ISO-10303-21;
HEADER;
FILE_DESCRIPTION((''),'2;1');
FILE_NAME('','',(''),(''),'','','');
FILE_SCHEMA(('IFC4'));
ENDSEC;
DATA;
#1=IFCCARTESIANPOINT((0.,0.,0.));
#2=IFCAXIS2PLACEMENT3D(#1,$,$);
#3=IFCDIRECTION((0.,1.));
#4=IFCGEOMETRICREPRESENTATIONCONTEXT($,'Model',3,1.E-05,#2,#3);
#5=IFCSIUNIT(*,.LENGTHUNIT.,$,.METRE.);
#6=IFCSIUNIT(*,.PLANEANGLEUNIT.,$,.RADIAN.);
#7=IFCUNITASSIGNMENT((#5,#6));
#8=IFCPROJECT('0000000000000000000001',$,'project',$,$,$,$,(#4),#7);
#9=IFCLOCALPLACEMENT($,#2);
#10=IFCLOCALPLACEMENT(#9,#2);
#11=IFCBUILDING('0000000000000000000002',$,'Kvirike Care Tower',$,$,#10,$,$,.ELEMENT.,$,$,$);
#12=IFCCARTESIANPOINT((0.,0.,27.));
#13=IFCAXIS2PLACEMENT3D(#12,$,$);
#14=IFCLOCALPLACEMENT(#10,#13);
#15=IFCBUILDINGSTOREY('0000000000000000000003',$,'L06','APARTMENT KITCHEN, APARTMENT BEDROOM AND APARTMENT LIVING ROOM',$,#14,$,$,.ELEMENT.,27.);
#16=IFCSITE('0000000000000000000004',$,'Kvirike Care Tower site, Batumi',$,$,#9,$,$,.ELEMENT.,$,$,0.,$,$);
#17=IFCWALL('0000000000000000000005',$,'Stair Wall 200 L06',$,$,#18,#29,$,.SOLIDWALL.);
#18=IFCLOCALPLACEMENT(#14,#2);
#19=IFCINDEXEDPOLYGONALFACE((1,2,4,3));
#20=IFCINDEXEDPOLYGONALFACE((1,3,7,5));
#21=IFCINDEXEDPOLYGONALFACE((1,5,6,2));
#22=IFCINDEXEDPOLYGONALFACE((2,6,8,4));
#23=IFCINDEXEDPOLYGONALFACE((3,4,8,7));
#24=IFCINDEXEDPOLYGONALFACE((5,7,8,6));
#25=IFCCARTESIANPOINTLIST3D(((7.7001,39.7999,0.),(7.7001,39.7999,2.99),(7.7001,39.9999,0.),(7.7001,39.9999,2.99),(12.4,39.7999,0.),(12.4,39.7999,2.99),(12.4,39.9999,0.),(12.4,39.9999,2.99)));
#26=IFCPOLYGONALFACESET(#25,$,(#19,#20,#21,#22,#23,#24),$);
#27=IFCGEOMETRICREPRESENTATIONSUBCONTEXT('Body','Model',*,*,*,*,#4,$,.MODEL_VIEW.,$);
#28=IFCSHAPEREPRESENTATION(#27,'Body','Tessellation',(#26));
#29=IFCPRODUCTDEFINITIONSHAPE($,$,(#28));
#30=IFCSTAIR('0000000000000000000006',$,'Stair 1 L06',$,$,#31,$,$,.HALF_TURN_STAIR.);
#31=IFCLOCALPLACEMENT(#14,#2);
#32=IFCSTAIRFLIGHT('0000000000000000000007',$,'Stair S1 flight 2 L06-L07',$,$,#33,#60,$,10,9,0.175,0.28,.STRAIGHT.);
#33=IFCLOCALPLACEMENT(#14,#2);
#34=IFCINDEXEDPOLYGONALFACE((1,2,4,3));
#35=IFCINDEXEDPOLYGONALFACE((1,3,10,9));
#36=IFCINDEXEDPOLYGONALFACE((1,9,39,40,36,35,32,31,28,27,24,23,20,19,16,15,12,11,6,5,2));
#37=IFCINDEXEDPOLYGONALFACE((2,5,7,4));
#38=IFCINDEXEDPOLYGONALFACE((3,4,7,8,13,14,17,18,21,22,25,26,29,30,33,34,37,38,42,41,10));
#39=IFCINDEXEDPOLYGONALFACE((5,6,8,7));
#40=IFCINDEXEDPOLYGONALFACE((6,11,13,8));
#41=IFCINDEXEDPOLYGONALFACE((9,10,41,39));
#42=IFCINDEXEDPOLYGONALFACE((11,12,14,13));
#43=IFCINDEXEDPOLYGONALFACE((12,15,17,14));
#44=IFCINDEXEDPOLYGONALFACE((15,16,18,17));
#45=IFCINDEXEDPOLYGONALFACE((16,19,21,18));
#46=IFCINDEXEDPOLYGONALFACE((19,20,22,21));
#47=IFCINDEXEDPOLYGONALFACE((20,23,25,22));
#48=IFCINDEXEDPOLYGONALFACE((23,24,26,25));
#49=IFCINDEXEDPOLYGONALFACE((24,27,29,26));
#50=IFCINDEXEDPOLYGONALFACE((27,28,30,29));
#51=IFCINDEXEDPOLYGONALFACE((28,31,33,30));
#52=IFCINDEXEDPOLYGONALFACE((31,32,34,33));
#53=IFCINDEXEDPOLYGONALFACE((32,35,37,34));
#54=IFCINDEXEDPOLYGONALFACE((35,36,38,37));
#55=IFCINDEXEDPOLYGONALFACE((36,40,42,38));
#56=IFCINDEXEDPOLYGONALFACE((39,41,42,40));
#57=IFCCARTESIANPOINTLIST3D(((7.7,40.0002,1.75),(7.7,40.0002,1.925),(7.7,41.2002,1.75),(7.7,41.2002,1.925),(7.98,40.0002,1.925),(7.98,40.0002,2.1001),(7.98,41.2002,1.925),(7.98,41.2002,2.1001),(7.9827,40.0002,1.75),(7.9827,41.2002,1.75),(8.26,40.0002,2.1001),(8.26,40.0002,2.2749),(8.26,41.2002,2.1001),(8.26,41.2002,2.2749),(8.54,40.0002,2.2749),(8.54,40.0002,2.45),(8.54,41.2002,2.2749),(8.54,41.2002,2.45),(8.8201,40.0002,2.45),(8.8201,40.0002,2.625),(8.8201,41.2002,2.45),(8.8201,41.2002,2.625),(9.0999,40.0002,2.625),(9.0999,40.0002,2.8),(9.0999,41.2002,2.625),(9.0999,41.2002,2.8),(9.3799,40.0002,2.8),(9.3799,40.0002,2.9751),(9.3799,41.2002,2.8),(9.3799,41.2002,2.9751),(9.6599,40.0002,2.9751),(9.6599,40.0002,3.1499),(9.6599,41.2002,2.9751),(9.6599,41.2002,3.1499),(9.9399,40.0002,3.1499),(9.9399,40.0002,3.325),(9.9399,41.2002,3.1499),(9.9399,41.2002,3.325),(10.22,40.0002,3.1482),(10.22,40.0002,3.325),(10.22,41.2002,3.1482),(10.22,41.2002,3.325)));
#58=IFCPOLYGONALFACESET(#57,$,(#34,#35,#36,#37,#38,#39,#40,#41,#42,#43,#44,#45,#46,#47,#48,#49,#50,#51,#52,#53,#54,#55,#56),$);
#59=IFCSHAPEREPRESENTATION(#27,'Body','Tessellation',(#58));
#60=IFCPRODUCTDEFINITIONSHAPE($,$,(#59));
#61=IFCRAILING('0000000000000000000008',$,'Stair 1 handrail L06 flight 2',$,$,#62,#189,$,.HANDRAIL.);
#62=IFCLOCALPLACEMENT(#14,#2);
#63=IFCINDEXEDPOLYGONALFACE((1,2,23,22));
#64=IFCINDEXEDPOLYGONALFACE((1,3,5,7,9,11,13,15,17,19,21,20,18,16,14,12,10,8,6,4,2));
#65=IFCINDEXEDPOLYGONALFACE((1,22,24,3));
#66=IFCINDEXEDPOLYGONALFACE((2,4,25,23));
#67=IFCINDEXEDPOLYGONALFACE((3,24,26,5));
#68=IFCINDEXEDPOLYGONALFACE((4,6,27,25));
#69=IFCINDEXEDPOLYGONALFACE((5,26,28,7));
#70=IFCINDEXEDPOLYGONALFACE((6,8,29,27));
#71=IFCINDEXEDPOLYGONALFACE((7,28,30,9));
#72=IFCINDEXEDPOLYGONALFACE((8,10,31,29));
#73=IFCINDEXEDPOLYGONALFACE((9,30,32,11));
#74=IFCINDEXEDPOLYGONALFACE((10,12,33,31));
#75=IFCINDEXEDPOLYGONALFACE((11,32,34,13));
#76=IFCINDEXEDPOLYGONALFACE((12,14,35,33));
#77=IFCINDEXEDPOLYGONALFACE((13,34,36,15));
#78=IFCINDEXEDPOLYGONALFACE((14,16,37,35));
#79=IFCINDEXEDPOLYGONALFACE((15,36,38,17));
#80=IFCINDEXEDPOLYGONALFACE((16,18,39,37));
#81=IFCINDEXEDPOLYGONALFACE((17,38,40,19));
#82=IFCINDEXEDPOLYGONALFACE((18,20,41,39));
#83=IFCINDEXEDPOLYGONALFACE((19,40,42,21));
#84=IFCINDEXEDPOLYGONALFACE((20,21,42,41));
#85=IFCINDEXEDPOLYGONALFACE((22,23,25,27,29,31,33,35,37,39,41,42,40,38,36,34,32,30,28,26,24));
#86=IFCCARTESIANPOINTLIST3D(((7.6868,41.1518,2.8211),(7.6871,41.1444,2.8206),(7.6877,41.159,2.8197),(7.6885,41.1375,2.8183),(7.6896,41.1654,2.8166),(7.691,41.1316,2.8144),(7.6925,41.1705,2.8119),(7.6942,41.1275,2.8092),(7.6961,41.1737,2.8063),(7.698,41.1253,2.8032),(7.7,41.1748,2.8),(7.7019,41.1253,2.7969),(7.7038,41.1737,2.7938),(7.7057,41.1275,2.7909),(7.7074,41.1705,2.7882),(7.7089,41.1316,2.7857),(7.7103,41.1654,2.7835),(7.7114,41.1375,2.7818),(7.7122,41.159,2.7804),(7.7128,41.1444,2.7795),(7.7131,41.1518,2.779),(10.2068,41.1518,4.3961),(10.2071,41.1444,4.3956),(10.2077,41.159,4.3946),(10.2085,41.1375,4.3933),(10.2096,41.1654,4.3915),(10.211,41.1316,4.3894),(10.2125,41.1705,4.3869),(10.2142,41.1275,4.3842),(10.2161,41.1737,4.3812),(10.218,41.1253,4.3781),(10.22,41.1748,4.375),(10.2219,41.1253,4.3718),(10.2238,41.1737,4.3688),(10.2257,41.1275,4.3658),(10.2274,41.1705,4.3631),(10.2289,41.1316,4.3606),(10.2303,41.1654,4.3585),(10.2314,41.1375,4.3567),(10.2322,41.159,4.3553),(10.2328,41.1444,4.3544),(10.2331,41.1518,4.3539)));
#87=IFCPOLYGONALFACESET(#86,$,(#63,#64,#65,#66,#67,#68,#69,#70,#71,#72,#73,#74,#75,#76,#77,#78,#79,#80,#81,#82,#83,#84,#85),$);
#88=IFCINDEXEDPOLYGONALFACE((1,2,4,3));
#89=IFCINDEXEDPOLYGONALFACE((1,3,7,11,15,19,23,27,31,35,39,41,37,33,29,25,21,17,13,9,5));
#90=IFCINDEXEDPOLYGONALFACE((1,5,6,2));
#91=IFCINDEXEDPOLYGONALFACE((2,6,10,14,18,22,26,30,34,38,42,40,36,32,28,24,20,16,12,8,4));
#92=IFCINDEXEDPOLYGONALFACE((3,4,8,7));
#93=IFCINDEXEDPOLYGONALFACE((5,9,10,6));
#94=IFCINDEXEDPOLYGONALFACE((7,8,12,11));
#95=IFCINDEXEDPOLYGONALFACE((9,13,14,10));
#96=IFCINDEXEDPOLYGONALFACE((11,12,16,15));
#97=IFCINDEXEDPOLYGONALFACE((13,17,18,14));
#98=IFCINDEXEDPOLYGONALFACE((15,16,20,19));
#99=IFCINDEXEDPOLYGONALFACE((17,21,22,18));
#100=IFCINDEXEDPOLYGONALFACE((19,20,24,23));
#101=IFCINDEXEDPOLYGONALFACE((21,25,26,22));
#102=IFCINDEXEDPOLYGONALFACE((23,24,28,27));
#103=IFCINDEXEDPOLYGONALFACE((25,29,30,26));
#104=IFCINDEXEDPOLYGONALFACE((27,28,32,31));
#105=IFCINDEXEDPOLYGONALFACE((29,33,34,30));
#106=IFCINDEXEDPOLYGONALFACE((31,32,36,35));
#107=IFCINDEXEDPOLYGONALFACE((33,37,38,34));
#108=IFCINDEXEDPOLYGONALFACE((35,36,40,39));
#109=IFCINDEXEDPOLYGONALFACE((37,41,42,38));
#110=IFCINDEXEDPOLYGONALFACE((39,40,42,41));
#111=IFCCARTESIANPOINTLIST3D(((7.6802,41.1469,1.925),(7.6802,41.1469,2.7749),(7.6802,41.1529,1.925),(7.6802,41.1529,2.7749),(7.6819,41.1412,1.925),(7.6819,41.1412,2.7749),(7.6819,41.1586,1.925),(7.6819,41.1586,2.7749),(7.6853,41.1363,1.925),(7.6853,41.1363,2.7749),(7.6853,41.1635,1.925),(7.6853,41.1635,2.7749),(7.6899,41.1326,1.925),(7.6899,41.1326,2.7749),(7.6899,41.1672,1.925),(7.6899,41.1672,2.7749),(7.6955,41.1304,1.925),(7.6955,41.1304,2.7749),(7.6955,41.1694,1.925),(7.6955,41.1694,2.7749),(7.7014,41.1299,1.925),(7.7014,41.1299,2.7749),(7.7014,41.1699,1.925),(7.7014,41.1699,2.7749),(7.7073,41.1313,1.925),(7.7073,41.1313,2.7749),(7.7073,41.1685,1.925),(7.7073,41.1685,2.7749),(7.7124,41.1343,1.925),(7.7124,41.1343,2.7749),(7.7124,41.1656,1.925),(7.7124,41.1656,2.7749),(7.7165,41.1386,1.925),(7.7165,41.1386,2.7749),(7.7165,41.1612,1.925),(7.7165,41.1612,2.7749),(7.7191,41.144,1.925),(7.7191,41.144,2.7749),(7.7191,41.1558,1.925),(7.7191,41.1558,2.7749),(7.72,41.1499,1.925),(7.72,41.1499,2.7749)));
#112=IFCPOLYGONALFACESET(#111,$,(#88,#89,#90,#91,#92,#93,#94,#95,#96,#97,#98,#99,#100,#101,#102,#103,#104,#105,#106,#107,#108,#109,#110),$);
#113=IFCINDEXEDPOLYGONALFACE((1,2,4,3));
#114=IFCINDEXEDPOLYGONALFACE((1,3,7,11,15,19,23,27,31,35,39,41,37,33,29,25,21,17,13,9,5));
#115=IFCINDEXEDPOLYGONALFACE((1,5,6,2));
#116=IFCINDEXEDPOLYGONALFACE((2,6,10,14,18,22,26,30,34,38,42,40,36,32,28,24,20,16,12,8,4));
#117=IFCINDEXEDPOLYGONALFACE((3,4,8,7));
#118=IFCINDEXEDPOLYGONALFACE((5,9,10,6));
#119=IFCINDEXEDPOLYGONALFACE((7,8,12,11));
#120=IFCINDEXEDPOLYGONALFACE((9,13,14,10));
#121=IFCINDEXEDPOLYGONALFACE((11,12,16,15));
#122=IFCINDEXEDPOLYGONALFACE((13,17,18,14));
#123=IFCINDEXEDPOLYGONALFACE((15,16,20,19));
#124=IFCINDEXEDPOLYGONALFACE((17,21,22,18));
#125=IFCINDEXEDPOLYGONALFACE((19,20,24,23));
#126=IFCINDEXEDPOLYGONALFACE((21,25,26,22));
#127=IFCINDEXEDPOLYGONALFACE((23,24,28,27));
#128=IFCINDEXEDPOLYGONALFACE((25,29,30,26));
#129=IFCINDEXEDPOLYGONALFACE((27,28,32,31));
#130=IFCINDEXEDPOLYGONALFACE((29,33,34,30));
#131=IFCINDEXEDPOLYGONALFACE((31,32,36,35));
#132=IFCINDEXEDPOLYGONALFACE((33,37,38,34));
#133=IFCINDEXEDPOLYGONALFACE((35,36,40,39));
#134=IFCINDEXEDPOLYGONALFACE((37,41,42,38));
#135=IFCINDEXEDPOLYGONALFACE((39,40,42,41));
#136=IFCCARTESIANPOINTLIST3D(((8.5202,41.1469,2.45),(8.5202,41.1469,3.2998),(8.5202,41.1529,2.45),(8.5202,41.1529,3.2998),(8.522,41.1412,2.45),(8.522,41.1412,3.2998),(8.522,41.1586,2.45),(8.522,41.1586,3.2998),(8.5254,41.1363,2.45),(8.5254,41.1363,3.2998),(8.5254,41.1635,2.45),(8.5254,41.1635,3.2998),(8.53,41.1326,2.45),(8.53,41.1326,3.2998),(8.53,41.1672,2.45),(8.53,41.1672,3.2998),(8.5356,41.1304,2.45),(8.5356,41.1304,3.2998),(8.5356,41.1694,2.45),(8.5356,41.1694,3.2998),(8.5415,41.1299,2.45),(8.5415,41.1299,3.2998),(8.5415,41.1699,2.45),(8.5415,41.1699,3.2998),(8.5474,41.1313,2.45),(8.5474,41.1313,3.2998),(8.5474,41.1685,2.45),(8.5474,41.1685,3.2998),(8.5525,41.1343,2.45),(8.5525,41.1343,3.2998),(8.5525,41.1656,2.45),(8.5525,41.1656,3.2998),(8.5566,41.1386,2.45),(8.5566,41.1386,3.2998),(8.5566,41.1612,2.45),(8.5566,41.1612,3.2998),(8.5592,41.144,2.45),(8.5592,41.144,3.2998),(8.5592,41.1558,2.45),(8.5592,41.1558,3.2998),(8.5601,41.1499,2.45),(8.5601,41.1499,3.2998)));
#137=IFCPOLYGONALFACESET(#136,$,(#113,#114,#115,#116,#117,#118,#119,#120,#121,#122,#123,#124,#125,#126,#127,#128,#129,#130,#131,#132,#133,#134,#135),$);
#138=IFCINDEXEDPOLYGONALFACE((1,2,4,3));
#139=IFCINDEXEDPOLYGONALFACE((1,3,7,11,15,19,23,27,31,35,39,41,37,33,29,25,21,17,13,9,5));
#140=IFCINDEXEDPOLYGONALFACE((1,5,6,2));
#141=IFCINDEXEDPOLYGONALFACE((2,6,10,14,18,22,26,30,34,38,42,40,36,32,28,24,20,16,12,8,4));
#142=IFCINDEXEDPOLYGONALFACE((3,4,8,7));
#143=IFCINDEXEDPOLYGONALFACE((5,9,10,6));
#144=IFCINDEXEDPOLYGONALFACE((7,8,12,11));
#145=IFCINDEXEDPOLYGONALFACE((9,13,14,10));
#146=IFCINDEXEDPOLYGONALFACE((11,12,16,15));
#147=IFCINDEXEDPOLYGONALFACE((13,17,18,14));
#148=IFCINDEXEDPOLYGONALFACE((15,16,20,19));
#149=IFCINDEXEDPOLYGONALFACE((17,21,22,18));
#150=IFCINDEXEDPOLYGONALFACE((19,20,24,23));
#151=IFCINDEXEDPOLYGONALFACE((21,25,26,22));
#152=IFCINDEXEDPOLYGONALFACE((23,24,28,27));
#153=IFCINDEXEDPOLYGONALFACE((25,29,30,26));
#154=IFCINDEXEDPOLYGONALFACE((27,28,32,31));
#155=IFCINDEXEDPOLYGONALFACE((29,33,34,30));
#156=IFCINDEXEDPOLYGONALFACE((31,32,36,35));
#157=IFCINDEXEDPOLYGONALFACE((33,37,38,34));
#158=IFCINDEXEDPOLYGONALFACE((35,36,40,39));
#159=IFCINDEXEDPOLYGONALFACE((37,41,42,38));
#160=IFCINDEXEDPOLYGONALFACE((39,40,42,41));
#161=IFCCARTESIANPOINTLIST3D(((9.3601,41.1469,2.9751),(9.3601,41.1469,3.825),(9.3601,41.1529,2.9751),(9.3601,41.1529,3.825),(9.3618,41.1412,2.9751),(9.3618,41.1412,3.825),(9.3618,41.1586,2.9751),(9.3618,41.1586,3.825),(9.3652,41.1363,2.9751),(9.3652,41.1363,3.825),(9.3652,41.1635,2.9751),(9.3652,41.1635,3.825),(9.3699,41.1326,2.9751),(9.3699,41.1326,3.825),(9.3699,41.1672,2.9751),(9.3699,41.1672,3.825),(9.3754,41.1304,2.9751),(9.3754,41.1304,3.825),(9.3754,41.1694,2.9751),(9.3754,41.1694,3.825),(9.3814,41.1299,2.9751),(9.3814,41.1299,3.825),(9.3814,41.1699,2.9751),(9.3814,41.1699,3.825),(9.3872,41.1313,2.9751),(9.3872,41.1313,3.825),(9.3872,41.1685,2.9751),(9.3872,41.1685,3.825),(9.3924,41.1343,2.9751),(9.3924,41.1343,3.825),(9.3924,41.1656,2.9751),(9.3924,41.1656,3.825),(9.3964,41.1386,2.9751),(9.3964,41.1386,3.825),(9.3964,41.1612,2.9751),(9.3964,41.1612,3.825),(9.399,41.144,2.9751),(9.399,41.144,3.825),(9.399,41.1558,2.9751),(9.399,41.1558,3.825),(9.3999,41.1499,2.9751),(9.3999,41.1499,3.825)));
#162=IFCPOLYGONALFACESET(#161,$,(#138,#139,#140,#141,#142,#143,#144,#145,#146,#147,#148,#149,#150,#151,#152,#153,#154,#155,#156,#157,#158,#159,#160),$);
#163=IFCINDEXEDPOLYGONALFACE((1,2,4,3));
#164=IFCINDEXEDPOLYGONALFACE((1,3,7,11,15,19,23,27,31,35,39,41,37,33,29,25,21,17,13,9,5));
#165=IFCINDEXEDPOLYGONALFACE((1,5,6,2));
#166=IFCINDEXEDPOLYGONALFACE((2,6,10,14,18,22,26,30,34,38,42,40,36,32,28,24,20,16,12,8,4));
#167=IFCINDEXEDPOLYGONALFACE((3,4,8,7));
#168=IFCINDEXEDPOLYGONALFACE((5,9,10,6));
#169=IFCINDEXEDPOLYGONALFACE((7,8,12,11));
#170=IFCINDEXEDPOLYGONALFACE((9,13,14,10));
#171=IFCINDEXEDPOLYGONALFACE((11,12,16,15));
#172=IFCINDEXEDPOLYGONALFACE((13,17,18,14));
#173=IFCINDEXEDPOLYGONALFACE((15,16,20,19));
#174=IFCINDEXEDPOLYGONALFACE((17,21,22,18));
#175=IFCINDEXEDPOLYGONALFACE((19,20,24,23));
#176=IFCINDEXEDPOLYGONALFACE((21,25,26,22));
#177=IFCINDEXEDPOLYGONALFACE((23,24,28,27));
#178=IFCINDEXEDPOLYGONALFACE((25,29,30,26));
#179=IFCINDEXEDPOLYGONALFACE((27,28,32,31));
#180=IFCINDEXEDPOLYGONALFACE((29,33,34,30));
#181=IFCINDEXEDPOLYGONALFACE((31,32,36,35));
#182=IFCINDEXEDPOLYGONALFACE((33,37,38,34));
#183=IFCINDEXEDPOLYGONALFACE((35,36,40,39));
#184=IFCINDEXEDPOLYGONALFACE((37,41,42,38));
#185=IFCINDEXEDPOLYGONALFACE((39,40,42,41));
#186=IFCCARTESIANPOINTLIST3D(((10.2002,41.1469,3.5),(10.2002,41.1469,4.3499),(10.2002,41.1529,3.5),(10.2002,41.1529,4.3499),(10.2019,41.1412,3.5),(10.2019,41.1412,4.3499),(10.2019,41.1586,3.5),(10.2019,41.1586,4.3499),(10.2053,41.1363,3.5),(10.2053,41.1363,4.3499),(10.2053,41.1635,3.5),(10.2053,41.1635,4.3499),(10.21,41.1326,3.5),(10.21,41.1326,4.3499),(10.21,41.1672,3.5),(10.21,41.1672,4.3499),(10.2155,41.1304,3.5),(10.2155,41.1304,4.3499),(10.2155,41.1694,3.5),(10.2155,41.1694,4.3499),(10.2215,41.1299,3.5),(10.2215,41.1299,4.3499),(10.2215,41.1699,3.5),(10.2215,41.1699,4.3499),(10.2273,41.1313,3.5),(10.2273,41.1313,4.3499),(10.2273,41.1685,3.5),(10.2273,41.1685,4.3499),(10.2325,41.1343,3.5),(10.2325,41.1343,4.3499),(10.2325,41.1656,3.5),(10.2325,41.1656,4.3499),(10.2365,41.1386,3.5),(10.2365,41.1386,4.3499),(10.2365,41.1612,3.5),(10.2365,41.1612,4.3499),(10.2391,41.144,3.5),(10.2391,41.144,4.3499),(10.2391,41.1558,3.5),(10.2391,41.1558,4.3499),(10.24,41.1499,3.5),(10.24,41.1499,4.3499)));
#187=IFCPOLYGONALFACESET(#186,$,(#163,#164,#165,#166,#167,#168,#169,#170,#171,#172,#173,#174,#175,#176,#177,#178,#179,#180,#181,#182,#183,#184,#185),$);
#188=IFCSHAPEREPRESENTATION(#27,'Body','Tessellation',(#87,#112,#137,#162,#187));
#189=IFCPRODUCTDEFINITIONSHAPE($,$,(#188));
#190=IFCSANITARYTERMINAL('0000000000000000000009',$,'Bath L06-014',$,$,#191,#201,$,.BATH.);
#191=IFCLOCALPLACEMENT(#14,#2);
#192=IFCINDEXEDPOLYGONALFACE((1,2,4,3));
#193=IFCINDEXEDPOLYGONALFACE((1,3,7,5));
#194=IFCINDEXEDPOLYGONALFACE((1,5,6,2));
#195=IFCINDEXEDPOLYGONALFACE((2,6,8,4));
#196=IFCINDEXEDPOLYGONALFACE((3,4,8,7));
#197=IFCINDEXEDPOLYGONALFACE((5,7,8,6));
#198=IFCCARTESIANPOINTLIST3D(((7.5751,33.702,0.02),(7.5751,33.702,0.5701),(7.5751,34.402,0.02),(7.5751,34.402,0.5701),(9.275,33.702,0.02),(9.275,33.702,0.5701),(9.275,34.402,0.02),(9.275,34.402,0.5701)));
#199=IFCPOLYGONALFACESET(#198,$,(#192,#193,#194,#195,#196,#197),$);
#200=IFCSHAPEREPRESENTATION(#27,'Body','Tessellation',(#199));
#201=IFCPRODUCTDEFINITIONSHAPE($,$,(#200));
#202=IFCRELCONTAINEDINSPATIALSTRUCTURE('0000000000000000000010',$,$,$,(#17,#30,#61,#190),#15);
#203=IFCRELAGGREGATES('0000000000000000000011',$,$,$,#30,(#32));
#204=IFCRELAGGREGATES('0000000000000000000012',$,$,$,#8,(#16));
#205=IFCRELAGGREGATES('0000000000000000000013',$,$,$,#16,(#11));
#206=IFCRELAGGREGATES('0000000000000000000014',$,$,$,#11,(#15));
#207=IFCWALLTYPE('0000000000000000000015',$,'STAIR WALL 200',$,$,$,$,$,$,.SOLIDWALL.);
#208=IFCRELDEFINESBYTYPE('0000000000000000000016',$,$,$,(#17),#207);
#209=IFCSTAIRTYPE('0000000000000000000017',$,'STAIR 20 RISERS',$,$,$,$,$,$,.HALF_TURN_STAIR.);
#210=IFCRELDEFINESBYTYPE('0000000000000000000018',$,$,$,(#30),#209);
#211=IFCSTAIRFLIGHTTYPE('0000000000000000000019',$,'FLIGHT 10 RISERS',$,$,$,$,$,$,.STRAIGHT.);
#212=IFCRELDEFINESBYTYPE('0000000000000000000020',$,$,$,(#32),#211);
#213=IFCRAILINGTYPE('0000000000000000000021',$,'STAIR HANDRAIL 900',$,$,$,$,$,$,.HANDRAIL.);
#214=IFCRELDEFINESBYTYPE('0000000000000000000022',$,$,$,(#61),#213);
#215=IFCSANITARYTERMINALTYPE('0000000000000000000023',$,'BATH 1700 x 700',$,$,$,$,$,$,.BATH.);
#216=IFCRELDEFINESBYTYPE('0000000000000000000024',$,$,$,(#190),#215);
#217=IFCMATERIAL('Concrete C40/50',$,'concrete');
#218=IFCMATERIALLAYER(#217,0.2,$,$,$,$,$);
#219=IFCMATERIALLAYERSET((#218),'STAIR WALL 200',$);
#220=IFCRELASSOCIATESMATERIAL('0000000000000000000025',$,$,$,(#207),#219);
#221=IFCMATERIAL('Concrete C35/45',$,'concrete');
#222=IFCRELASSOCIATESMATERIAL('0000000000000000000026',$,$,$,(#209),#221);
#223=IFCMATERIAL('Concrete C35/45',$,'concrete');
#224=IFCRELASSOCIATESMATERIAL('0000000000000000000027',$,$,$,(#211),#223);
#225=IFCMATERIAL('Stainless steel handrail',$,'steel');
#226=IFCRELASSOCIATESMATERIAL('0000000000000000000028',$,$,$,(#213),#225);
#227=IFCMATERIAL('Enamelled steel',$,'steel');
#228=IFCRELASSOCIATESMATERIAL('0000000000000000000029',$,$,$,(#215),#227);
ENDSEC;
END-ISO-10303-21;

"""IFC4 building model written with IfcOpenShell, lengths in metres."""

from ifc_helpers import new_model, si_unit, direction, frame, frame_2d, origin, origin_2d, place, context, subcontext, project, spatial, polyline, rectangle, circle, outline, extrude, material, layer, layer_set, type_object, element, aggregate, save


model = new_model("IFC4")

# Units and contexts
model_context = context("Model", 3, precision=1e-05, world=origin(), true_north=direction((0.0, 1.0)))
body_context = subcontext(model_context, "Body", "Model", "MODEL_VIEW")
ifc_project = project(units=[si_unit("LENGTHUNIT", "METRE"), si_unit("PLANEANGLEUNIT", "RADIAN")], contexts=[model_context])

# Site, building, storey
site_placement = place(None, origin())
site = spatial("IfcSite", under=ifc_project, at=site_placement, Name="Kvirike Care Tower site, Batumi", CompositionType="ELEMENT", RefElevation=0.0)
building_placement = place(site_placement, origin())
building = spatial("IfcBuilding", under=site, at=building_placement, Name="Kvirike Care Tower", CompositionType="ELEMENT")
storey_placement = place(building_placement, frame((0.0, 0.0, 27.0)))
storey = spatial("IfcBuildingStorey", under=building, at=storey_placement, Name="L06", Description="APARTMENT KITCHEN, APARTMENT BEDROOM AND APARTMENT LIVING ROOM", CompositionType="ELEMENT", Elevation=27.0)

# Wall
ifc_material_1 = material(Name="Concrete C40/50", Category="concrete")
ifc_layer_1 = layer(ifc_material_1, 0.2)
ifc_layer_set_1 = layer_set([ifc_layer_1], Name="STAIR WALL 200")
wall_type_1 = type_object("IfcWallType", Name="STAIR WALL 200", PredefinedType="SOLIDWALL", material=ifc_layer_set_1)
wall_1_placement = place(storey_placement, frame((7.7, 39.8999, 0.0), z_axis=(0.0, 0.0, 1.0), x_axis=(1.0, 0.0, 0.0)))
element("IfcWall", 1, at=wall_1_placement, inside=storey, type_object=wall_type_1, Name="Stair Wall 200 L06", PredefinedType="SOLIDWALL", context=body_context, shape_type="SweptSolid", body=[
    extrude(rectangle(XDim=4.7, YDim=0.2, at=frame_2d((2.3501, 0.0))), origin(), (0.0, 0.0, 1.0), 2.99),
])

# Stair, stair flight
ifc_material_2 = material(Name="Concrete C35/45", Category="concrete")
stair_type = type_object("IfcStairType", Name="STAIR 20 RISERS", PredefinedType="HALF_TURN_STAIR", material=ifc_material_2)
stair_placement = place(storey_placement, origin())
stair = element("IfcStair", 2, at=stair_placement, inside=storey, type_object=stair_type, Name="Stair 1 L06", PredefinedType="HALF_TURN_STAIR")
ifc_material_3 = material(Name="Concrete C35/45", Category="concrete")
stair_flight_type = type_object("IfcStairFlightType", Name="FLIGHT 10 RISERS", PredefinedType="STRAIGHT", material=ifc_material_3)
stair_flight_placement = place(storey_placement, frame((7.7, 40.6001, 1.75), z_axis=(0.0, 0.0, 1.0), x_axis=(1.0, 0.0, 0.0)))
stair_flight = element("IfcStairFlight", 3, at=stair_flight_placement, type_object=stair_flight_type, Name="Stair S1 flight 2 L06-L07", NumberOfRisers=10, NumberOfTreads=9, PredefinedType="STRAIGHT", RiserHeight=0.175, TreadLength=0.28, context=body_context, shape_type="SweptSolid", body=[
    extrude(outline(polyline([(0.0, 0.0), (0.0, 0.175), (0.28, 0.175), (0.28, 0.3501), (0.5601, 0.3501), (0.5601, 0.5249), (0.8401, 0.5249), (0.8401, 0.7), (1.1201, 0.7), (1.1201, 0.875), (1.3999, 0.875), (1.3999, 1.05), (1.6799, 1.05), (1.6799, 1.2251), (1.96, 1.2251), (1.96, 1.3999), (2.24, 1.3999), (2.24, 1.575), (2.52, 1.575), (2.52, 1.75), (2.52, 1.3982), (0.2827, 0.0), (0.0, 0.0)])), frame((0.0, 0.6001, 0.0), z_axis=(0.0, -1.0, 0.0), x_axis=(1.0, 0.0, 0.0)), (0.0, 0.0, 1.0), 1.2),
])
aggregate(stair, [stair_flight])

# Railing
ifc_material_4 = material(Name="Stainless steel handrail", Category="steel")
railing_type = type_object("IfcRailingType", Name="STAIR HANDRAIL 900", PredefinedType="HANDRAIL", material=ifc_material_4)
railing_placement = place(storey_placement, frame((7.7, 41.1499, 1.925)))
element("IfcRailing", 4, at=railing_placement, inside=storey, type_object=railing_type, Name="Stair 1 handrail L06 flight 2", PredefinedType="HANDRAIL", context=body_context, shape_type="SweptSolid", body=[
    extrude(circle(Radius=0.0249, at=origin_2d()), frame((0.0, 0.0, 0.875), z_axis=(0.848008, 0.0, 0.529984), x_axis=(0.0, 1.0, 0.0)), (0.0, 0.0, 1.0), 2.9717),
    extrude(circle(Radius=0.02, at=origin_2d()), origin(), (0.0, 0.0, 1.0), 0.8499),
    extrude(circle(Radius=0.02, at=origin_2d()), frame((0.8401, 0.0, 0.5249)), (0.0, 0.0, 1.0), 0.8499),
    extrude(circle(Radius=0.02, at=origin_2d()), frame((1.6799, 0.0, 1.05)), (0.0, 0.0, 1.0), 0.8499),
    extrude(circle(Radius=0.02, at=origin_2d()), frame((2.52, 0.0, 1.575)), (0.0, 0.0, 1.0), 0.8499),
])

# Sanitary terminal
ifc_material_5 = material(Name="Enamelled steel", Category="steel")
sanitary_terminal_type_1 = type_object("IfcSanitaryTerminalType", Name="BATH 1700 x 700", PredefinedType="BATH", material=ifc_material_5)
sanitary_terminal_1_placement = place(storey_placement, frame((8.425, 34.052, 0.02), z_axis=(0.0, 0.0, 1.0), x_axis=(-1.0, 0.0, 0.0)))
element("IfcSanitaryTerminal", 5, at=sanitary_terminal_1_placement, inside=storey, type_object=sanitary_terminal_type_1, Name="Bath L06-014", PredefinedType="BATH", context=body_context, shape_type="SweptSolid", body=[
    extrude(rectangle(XDim=1.7, YDim=0.7, at=origin_2d()), origin(), (0.0, 0.0, 1.0), 0.55),
])

save(model, "model.ifc")
